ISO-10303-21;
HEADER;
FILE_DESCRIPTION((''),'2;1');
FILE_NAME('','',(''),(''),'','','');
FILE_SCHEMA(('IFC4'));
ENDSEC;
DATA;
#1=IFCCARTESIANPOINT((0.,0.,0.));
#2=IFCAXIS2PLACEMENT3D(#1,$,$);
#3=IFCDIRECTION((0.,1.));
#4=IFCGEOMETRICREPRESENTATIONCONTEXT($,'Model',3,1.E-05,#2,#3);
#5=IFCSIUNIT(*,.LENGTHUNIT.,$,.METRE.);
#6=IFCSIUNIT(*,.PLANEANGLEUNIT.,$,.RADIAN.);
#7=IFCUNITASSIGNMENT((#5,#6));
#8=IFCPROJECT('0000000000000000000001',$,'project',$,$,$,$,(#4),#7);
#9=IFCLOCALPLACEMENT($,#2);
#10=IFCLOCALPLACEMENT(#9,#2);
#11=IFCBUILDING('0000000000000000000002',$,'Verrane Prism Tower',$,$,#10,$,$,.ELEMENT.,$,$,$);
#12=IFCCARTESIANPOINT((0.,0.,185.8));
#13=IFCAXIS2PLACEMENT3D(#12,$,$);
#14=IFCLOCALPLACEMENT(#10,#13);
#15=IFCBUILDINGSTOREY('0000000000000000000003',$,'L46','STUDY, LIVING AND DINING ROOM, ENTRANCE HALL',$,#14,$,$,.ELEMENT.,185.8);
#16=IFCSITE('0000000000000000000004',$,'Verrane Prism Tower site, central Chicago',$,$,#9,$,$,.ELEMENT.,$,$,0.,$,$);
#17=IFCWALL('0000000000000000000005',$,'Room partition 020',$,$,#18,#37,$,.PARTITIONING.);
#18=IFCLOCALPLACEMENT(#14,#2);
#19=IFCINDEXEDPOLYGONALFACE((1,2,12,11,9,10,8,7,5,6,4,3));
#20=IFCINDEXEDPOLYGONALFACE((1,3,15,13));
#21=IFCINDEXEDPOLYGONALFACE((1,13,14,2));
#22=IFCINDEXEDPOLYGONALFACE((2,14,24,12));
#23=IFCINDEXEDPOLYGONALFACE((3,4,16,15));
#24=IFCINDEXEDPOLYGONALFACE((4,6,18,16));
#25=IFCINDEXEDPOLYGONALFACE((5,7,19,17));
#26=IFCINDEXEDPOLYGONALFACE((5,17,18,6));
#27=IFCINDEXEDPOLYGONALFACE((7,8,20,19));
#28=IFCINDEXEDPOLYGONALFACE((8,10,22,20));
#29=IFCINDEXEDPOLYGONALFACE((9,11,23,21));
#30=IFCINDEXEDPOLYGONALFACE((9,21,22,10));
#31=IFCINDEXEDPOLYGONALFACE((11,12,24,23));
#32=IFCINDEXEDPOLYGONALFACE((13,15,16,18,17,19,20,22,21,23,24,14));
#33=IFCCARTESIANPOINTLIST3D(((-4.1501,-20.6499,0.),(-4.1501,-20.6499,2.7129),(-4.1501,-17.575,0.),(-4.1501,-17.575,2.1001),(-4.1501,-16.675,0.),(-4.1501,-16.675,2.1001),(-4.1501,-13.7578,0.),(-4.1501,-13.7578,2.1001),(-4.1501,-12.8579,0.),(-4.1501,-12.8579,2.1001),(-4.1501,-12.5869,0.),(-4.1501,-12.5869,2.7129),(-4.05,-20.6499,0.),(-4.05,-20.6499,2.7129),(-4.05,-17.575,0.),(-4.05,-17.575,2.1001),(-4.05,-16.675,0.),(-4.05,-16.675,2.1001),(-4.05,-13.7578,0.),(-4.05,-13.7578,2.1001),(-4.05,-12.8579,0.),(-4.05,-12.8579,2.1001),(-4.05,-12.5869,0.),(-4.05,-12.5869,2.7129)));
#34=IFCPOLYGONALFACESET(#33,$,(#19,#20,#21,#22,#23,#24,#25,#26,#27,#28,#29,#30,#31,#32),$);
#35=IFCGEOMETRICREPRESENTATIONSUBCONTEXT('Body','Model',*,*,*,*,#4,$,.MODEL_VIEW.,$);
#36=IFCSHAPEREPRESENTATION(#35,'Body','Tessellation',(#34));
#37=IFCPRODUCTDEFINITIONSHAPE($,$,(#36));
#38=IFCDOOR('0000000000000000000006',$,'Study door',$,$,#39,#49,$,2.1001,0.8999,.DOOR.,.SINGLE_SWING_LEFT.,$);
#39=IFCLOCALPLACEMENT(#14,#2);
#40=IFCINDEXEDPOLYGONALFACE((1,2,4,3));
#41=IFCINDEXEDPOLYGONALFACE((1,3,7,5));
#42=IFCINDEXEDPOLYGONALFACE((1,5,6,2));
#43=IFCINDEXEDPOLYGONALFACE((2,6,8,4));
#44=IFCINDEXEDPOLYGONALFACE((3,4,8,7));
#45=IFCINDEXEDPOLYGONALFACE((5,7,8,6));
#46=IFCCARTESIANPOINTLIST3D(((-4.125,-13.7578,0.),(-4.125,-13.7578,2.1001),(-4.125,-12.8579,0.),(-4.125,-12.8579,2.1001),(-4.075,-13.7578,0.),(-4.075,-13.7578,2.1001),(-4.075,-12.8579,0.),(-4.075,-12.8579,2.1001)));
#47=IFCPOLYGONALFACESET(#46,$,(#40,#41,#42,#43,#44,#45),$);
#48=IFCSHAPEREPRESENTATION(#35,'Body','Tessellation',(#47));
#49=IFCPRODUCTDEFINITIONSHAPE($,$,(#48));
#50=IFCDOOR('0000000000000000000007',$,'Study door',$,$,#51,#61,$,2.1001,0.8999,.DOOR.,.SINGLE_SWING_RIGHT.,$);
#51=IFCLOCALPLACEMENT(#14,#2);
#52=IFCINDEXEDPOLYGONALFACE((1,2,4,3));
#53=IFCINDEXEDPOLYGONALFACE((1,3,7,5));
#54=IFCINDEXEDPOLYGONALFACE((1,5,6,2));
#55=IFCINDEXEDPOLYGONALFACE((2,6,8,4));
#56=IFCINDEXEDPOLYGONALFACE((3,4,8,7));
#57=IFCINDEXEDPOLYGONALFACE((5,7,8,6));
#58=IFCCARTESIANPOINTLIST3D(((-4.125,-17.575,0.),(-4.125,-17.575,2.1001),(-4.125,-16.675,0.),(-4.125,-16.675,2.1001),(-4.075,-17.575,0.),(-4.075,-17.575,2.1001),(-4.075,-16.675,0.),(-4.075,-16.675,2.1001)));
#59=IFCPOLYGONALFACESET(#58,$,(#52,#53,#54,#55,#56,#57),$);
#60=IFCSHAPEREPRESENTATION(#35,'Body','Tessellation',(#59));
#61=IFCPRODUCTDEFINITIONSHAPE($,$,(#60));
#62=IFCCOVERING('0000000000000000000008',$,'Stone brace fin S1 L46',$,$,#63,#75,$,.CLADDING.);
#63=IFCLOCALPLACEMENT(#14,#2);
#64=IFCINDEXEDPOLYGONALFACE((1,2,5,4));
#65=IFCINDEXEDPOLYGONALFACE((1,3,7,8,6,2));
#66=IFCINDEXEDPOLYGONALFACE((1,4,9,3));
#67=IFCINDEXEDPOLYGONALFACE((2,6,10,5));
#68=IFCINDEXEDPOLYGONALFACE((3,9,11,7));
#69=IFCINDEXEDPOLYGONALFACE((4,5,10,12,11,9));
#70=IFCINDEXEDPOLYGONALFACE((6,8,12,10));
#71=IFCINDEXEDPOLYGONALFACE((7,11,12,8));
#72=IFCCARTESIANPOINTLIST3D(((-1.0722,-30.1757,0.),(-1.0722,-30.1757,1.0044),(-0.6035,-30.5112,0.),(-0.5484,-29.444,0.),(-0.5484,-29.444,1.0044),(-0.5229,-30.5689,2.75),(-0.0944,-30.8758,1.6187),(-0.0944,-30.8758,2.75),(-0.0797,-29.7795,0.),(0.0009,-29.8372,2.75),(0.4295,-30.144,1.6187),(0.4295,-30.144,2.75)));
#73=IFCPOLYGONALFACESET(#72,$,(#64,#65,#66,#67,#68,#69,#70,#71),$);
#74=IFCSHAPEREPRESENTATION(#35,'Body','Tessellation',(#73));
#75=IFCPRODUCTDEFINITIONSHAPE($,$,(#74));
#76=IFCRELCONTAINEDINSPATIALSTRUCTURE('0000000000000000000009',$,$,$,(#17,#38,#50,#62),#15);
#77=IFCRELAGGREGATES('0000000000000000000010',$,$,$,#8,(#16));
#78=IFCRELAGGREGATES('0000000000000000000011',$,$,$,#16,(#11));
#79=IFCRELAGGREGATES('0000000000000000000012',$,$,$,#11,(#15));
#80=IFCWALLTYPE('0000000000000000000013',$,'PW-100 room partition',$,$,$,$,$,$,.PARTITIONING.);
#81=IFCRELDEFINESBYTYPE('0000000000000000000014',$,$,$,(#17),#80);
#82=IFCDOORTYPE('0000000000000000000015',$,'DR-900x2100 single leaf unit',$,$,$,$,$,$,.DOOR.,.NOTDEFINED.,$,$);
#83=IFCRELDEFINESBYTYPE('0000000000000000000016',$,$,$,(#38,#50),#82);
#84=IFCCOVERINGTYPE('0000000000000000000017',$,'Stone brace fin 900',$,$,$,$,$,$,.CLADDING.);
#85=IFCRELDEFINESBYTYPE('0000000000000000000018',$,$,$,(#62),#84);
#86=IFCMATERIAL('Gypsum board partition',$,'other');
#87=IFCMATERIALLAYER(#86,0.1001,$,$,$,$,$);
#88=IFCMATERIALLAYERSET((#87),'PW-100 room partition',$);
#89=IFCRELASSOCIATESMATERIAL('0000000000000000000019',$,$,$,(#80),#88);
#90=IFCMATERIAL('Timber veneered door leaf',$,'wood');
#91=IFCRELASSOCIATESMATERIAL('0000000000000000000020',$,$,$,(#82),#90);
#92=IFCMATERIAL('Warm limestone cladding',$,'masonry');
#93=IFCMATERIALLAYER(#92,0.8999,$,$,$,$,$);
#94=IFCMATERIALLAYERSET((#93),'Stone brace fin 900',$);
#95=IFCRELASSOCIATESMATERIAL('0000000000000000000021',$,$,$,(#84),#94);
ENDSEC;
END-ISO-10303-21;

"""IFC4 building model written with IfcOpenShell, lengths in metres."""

from ifc_helpers import new_model, si_unit, direction, frame, frame_2d, origin, place, context, subcontext, project, spatial, polyline, rectangle, outline, extrude, material, layer, layer_set, type_object, element, fill, save


model = new_model("IFC4")

# Units and contexts
model_context = context("Model", 3, precision=1e-05, world=origin(), true_north=direction((0.0, 1.0)))
body_context = subcontext(model_context, "Body", "Model", "MODEL_VIEW")
ifc_project = project(units=[si_unit("LENGTHUNIT", "METRE"), si_unit("PLANEANGLEUNIT", "RADIAN")], contexts=[model_context])

# Site, building, storey
site_placement = place(None, origin())
site = spatial("IfcSite", under=ifc_project, at=site_placement, Name="Verrane Prism Tower site, central Chicago", CompositionType="ELEMENT", RefElevation=0.0)
building_placement = place(site_placement, origin())
building = spatial("IfcBuilding", under=site, at=building_placement, Name="Verrane Prism Tower", CompositionType="ELEMENT")
storey_placement = place(building_placement, frame((0.0, 0.0, 185.8)))
storey = spatial("IfcBuildingStorey", under=building, at=storey_placement, Name="L46", Description="STUDY, LIVING AND DINING ROOM, ENTRANCE HALL", CompositionType="ELEMENT", Elevation=185.8)

# Shared definitions
ifc_material_1 = material(Name="Gypsum board partition", Category="other")
ifc_layer_1 = layer(ifc_material_1, 0.1001)
ifc_layer_set_1 = layer_set([ifc_layer_1], Name="PW-100 room partition")
wall_type = type_object("IfcWallType", Name="PW-100 room partition", PredefinedType="PARTITIONING", material=ifc_layer_set_1)

# Wall, openings, doors
wall_1_placement = place(storey_placement, frame((-4.1001, -20.6499, 0.0), z_axis=(0.0, 0.0, 1.0), x_axis=(0.0, 1.0, 0.0)))
wall_1 = element("IfcWall", 1, at=wall_1_placement, inside=storey, type_object=wall_type, Name="Room partition 020", PredefinedType="PARTITIONING", context=body_context, shape_type="SweptSolid", body=[
    extrude(rectangle(XDim=8.063, YDim=0.1001, at=frame_2d((4.0315, 0.0))), origin(), (0.0, 0.0, 1.0), 2.7129),
])
opening_1_placement = place(wall_1_placement, frame((6.8921, 0.0, 0.0)))
opening_1 = element("IfcOpeningElement", 2, at=opening_1_placement, cuts=wall_1, PredefinedType="OPENING", context=body_context, shape_type="SweptSolid", body=[
    extrude(rectangle(XDim=0.8999, YDim=2.1001, at=frame_2d((0.45, 1.05))), frame((0.0, 0.0601, 0.0), z_axis=(0.0, -1.0, 0.0), x_axis=(1.0, 0.0, 0.0)), (0.0, 0.0, 1.0), 0.1201),
])
opening_2_placement = place(wall_1_placement, frame((3.075, 0.0, 0.0)))
opening_2 = element("IfcOpeningElement", 3, at=opening_2_placement, cuts=wall_1, PredefinedType="OPENING", context=body_context, shape_type="SweptSolid", body=[
    extrude(rectangle(XDim=0.8999, YDim=2.1001, at=frame_2d((0.45, 1.05))), frame((0.0, 0.0601, 0.0), z_axis=(0.0, -1.0, 0.0), x_axis=(1.0, 0.0, 0.0)), (0.0, 0.0, 1.0), 0.1201),
])
ifc_material_2 = material(Name="Timber veneered door leaf", Category="wood")
door_type = type_object("IfcDoorType", Name="DR-900x2100 single leaf unit", OperationType="NOTDEFINED", PredefinedType="DOOR", material=ifc_material_2)
door_1_placement = place(opening_1_placement, origin())
door_1 = element("IfcDoor", 4, at=door_1_placement, inside=storey, type_object=door_type, Name="Study door", OperationType="SINGLE_SWING_LEFT", OverallHeight=2.1001, OverallWidth=0.8999, PredefinedType="DOOR", context=body_context, shape_type="SweptSolid", body=[
    extrude(rectangle(XDim=0.8999, YDim=2.1001, at=frame_2d((0.45, 1.05))), frame((0.0, 0.0249, 0.0), z_axis=(0.0, -1.0, 0.0), x_axis=(1.0, 0.0, 0.0)), (0.0, 0.0, 1.0), 0.05),
])
fill(opening_1, door_1)
door_2_placement = place(opening_2_placement, origin())
door_2 = element("IfcDoor", 5, at=door_2_placement, inside=storey, type_object=door_type, Name="Study door", OperationType="SINGLE_SWING_RIGHT", OverallHeight=2.1001, OverallWidth=0.8999, PredefinedType="DOOR", context=body_context, shape_type="SweptSolid", body=[
    extrude(rectangle(XDim=0.8999, YDim=2.1001, at=frame_2d((0.45, 1.05))), frame((0.0, 0.0249, 0.0), z_axis=(0.0, -1.0, 0.0), x_axis=(1.0, 0.0, 0.0)), (0.0, 0.0, 1.0), 0.05),
])
fill(opening_2, door_2)

# Covering
ifc_material_3 = material(Name="Warm limestone cladding", Category="masonry")
ifc_layer_2 = layer(ifc_material_3, 0.8999)
ifc_layer_set_2 = layer_set([ifc_layer_2], Name="Stone brace fin 900")
covering_type = type_object("IfcCoveringType", Name="Stone brace fin 900", PredefinedType="CLADDING", material=ifc_layer_set_2)
covering_placement = place(storey_placement, frame((-0.8103, -29.8098, 0.0), z_axis=(0.0, 0.0, 1.0), x_axis=(0.813102, -0.582121, 0.0)))
element("IfcCovering", 6, at=covering_placement, inside=storey, type_object=covering_type, Name="Stone brace fin S1 L46", PredefinedType="CLADDING", context=body_context, shape_type="SweptSolid", body=[
    extrude(outline(polyline([(1.2026, 2.75), (0.6755, 2.75), (0.0, 1.0044), (0.0, 0.0), (0.5764, 0.0), (1.2026, 1.6187), (1.2026, 2.75)])), frame((0.0, 0.45, 0.0), z_axis=(0.0, -1.0, 0.0), x_axis=(1.0, 0.0, 0.0)), (0.0, 0.0, 1.0), 0.8999),
])

save(model, "model.ifc")
